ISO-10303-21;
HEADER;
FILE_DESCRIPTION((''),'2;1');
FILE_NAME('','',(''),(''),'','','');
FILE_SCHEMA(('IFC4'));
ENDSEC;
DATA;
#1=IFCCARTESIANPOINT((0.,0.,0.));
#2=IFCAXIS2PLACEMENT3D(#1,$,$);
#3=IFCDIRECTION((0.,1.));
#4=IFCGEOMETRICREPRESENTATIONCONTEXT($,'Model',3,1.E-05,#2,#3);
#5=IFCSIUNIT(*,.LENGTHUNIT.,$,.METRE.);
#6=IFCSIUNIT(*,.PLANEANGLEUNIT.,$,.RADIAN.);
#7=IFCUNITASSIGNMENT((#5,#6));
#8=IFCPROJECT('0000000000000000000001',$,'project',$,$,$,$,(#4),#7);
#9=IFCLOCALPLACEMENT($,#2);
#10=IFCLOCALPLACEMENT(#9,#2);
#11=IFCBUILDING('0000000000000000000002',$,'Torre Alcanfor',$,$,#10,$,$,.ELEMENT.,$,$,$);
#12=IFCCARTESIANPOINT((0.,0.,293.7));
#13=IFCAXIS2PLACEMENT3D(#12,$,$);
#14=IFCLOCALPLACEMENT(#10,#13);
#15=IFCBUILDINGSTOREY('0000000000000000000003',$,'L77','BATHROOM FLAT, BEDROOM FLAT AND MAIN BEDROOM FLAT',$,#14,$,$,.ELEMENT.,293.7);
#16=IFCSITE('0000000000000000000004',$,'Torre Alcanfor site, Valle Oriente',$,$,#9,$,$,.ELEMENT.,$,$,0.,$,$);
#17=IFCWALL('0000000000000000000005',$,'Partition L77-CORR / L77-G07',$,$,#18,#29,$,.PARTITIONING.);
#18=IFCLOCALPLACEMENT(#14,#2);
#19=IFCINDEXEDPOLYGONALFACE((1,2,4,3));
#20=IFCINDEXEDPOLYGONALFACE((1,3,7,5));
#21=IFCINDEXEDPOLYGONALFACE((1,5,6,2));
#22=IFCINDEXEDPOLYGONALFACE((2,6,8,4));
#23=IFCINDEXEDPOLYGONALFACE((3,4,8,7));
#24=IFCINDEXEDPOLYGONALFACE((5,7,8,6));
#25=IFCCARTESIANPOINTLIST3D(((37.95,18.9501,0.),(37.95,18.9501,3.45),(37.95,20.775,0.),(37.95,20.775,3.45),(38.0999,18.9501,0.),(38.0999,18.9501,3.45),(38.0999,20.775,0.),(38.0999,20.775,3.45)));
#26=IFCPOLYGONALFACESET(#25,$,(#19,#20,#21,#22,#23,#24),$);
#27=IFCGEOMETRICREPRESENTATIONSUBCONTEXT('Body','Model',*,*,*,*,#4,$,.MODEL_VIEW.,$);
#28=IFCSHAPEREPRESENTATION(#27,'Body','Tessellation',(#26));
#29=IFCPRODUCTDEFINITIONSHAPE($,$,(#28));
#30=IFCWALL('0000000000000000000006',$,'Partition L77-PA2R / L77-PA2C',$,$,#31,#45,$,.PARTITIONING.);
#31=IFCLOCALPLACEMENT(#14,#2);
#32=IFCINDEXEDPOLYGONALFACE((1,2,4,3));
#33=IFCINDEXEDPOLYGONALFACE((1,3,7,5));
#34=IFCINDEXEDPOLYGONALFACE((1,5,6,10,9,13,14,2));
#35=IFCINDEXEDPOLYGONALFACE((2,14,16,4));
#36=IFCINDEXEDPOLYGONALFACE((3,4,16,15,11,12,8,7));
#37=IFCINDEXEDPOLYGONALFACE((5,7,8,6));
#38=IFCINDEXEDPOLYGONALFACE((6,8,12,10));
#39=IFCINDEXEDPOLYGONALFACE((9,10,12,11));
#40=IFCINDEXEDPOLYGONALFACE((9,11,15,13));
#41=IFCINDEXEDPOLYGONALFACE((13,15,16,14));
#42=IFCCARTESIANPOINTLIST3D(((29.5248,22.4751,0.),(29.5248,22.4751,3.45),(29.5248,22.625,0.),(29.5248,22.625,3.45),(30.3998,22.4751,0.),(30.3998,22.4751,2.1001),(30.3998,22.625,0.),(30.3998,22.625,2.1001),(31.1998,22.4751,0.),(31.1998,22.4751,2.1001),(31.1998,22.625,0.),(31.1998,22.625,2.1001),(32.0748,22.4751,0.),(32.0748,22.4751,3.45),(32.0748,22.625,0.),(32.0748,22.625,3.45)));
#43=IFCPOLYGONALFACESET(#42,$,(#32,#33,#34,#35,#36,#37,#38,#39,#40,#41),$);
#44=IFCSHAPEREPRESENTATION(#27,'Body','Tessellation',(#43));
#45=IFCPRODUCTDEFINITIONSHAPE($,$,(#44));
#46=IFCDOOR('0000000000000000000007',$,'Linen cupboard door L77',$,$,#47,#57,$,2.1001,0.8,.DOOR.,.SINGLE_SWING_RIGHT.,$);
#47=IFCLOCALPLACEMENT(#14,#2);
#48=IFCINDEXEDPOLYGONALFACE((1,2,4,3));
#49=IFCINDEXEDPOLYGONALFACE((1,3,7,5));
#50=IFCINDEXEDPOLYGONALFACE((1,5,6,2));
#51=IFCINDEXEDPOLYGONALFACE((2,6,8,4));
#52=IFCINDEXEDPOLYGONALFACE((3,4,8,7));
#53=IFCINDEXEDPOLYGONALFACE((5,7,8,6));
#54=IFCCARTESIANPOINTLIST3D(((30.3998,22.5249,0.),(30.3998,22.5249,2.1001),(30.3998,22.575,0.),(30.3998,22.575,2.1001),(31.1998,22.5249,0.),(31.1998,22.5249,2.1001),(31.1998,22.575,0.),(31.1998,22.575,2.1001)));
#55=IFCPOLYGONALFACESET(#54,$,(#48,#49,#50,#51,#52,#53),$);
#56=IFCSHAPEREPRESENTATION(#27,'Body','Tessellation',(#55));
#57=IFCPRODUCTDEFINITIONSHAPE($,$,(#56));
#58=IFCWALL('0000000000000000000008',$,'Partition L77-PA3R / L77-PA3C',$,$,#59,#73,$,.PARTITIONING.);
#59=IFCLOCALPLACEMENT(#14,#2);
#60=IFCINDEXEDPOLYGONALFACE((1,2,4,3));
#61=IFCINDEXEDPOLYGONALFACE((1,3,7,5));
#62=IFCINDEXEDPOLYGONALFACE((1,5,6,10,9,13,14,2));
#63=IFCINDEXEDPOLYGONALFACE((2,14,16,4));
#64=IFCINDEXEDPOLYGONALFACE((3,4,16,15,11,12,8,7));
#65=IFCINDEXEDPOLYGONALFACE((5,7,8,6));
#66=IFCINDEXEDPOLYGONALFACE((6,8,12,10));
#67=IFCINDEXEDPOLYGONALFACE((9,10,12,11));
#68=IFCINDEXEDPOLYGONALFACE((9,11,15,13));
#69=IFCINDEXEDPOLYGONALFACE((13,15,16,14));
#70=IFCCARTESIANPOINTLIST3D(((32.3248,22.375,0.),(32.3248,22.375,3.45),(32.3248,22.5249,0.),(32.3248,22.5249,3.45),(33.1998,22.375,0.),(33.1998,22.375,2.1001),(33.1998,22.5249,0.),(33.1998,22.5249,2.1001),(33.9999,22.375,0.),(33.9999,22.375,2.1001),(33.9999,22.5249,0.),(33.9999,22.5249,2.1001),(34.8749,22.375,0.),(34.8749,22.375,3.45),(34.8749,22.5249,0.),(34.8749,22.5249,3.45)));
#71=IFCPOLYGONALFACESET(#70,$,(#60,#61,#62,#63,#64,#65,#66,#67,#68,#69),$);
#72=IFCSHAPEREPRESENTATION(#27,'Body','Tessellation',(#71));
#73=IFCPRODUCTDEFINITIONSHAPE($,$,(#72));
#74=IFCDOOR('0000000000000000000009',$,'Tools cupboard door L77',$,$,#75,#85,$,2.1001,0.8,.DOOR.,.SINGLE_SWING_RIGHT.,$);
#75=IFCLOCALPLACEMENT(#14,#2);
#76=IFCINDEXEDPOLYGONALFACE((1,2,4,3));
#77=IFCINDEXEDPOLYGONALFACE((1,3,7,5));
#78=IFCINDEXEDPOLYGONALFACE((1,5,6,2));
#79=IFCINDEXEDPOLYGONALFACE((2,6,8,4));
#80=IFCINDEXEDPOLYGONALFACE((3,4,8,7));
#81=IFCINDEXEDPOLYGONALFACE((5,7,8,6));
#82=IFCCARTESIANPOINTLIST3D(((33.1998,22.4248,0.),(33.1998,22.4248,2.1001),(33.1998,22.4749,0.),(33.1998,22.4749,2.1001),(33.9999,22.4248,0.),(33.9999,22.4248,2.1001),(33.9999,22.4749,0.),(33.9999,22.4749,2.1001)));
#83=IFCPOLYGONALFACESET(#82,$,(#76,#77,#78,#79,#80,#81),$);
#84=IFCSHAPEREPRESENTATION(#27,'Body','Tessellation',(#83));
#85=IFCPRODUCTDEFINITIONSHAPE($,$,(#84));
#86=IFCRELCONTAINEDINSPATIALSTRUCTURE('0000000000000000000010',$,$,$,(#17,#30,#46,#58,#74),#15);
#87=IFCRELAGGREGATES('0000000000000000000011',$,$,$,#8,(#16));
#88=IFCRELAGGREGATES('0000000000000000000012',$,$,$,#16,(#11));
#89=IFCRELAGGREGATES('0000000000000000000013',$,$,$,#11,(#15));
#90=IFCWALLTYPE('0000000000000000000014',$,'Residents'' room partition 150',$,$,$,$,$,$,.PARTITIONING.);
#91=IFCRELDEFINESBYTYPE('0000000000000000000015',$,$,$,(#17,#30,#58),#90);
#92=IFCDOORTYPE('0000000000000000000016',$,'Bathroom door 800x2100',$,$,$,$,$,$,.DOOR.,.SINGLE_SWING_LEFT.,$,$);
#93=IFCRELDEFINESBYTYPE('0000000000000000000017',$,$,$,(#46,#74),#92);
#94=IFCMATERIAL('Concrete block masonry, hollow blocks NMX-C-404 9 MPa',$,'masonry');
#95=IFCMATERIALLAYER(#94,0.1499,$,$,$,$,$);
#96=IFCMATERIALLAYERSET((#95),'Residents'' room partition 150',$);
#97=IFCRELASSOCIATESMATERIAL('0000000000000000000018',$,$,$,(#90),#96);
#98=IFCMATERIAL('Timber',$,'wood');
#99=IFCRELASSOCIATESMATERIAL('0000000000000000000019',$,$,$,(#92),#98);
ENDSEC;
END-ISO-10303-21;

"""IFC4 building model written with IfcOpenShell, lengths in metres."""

from ifc_helpers import new_model, si_unit, direction, frame, frame_2d, origin, place, context, subcontext, project, spatial, rectangle, extrude, material, layer, layer_set, type_object, element, fill, save


model = new_model("IFC4")

# Units and contexts
model_context = context("Model", 3, precision=1e-05, world=origin(), true_north=direction((0.0, 1.0)))
body_context = subcontext(model_context, "Body", "Model", "MODEL_VIEW")
ifc_project = project(units=[si_unit("LENGTHUNIT", "METRE"), si_unit("PLANEANGLEUNIT", "RADIAN")], contexts=[model_context])

# Site, building, storey
site_placement = place(None, origin())
site = spatial("IfcSite", under=ifc_project, at=site_placement, Name="Torre Alcanfor site, Valle Oriente", CompositionType="ELEMENT", RefElevation=0.0)
building_placement = place(site_placement, origin())
building = spatial("IfcBuilding", under=site, at=building_placement, Name="Torre Alcanfor", CompositionType="ELEMENT")
storey_placement = place(building_placement, frame((0.0, 0.0, 293.7)))
storey = spatial("IfcBuildingStorey", under=building, at=storey_placement, Name="L77", Description="BATHROOM FLAT, BEDROOM FLAT AND MAIN BEDROOM FLAT", CompositionType="ELEMENT", Elevation=293.7)

# Shared definitions
ifc_material_1 = material(Name="Concrete block masonry, hollow blocks NMX-C-404 9 MPa", Category="masonry")
ifc_layer_1 = layer(ifc_material_1, 0.1499)
ifc_layer_set_1 = layer_set([ifc_layer_1], Name="Residents' room partition 150")
wall_type_1 = type_object("IfcWallType", Name="Residents' room partition 150", PredefinedType="PARTITIONING", material=ifc_layer_set_1)

# Wall
wall_1_placement = place(storey_placement, frame((38.0249, 18.95, 0.0), z_axis=(0.0, 0.0, 1.0), x_axis=(0.0, 1.0, 0.0)))
element("IfcWall", 1, at=wall_1_placement, inside=storey, type_object=wall_type_1, Name="Partition L77-CORR / L77-G07", PredefinedType="PARTITIONING", context=body_context, shape_type="SweptSolid", body=[
    extrude(rectangle(XDim=1.825, YDim=0.1499, at=frame_2d((0.9126, 0.0))), origin(), (0.0, 0.0, 1.0), 3.45),
])

# Walls, openings, doors
wall_2_placement = place(storey_placement, frame((29.5249, 22.55, 0.0), z_axis=(0.0, 0.0, 1.0), x_axis=(1.0, 0.0, 0.0)))
wall_2 = element("IfcWall", 2, at=wall_2_placement, inside=storey, type_object=wall_type_1, Name="Partition L77-PA2R / L77-PA2C", PredefinedType="PARTITIONING", context=body_context, shape_type="SweptSolid", body=[
    extrude(rectangle(XDim=2.55, YDim=0.1499, at=frame_2d((1.2749, 0.0))), origin(), (0.0, 0.0, 1.0), 3.45),
])
opening_1_placement = place(wall_2_placement, frame((0.875, 0.0, 0.0)))
opening_1 = element("IfcOpeningElement", 3, at=opening_1_placement, cuts=wall_2, PredefinedType="OPENING", context=body_context, shape_type="SweptSolid", body=[
    extrude(rectangle(XDim=0.8, YDim=2.1001, at=frame_2d((0.3999, 1.05))), frame((0.0, 0.085, 0.0), z_axis=(0.0, -1.0, 0.0), x_axis=(1.0, 0.0, 0.0)), (0.0, 0.0, 1.0), 0.1699),
])
ifc_material_2 = material(Name="Timber", Category="wood")
door_type_1 = type_object("IfcDoorType", Name="Bathroom door 800x2100", OperationType="SINGLE_SWING_LEFT", PredefinedType="DOOR", material=ifc_material_2)
door_1_placement = place(opening_1_placement, frame((0.8, 0.0, 0.0), z_axis=(0.0, 0.0, 1.0), x_axis=(-1.0, 0.0, 0.0)))
door_1 = element("IfcDoor", 4, at=door_1_placement, inside=storey, type_object=door_type_1, Name="Linen cupboard door L77", OperationType="SINGLE_SWING_RIGHT", OverallHeight=2.1001, OverallWidth=0.8, PredefinedType="DOOR", context=body_context, shape_type="SweptSolid", body=[
    extrude(rectangle(XDim=0.8, YDim=2.1001, at=frame_2d((0.4001, 1.05))), frame((0.0, 0.0251, 0.0), z_axis=(0.0, -1.0, 0.0), x_axis=(1.0, 0.0, 0.0)), (0.0, 0.0, 1.0), 0.05),
])
fill(opening_1, door_1)
wall_3_placement = place(storey_placement, frame((32.325, 22.45, 0.0), z_axis=(0.0, 0.0, 1.0), x_axis=(1.0, 0.0, 0.0)))
wall_3 = element("IfcWall", 5, at=wall_3_placement, inside=storey, type_object=wall_type_1, Name="Partition L77-PA3R / L77-PA3C", PredefinedType="PARTITIONING", context=body_context, shape_type="SweptSolid", body=[
    extrude(rectangle(XDim=2.55, YDim=0.1499, at=frame_2d((1.2749, 0.0))), origin(), (0.0, 0.0, 1.0), 3.45),
])
opening_2_placement = place(wall_3_placement, frame((0.875, 0.0, 0.0)))
opening_2 = element("IfcOpeningElement", 6, at=opening_2_placement, cuts=wall_3, PredefinedType="OPENING", context=body_context, shape_type="SweptSolid", body=[
    extrude(rectangle(XDim=0.8, YDim=2.1001, at=frame_2d((0.3999, 1.05))), frame((0.0, 0.085, 0.0), z_axis=(0.0, -1.0, 0.0), x_axis=(1.0, 0.0, 0.0)), (0.0, 0.0, 1.0), 0.1699),
])
door_2_placement = place(opening_2_placement, frame((0.8, 0.0, 0.0), z_axis=(0.0, 0.0, 1.0), x_axis=(-1.0, 0.0, 0.0)))
door_2 = element("IfcDoor", 7, at=door_2_placement, inside=storey, type_object=door_type_1, Name="Tools cupboard door L77", OperationType="SINGLE_SWING_RIGHT", OverallHeight=2.1001, OverallWidth=0.8, PredefinedType="DOOR", context=body_context, shape_type="SweptSolid", body=[
    extrude(rectangle(XDim=0.8, YDim=2.1001, at=frame_2d((0.4001, 1.05))), frame((0.0, 0.0251, 0.0), z_axis=(0.0, -1.0, 0.0), x_axis=(1.0, 0.0, 0.0)), (0.0, 0.0, 1.0), 0.05),
])
fill(opening_2, door_2)

save(model, "model.ifc")
